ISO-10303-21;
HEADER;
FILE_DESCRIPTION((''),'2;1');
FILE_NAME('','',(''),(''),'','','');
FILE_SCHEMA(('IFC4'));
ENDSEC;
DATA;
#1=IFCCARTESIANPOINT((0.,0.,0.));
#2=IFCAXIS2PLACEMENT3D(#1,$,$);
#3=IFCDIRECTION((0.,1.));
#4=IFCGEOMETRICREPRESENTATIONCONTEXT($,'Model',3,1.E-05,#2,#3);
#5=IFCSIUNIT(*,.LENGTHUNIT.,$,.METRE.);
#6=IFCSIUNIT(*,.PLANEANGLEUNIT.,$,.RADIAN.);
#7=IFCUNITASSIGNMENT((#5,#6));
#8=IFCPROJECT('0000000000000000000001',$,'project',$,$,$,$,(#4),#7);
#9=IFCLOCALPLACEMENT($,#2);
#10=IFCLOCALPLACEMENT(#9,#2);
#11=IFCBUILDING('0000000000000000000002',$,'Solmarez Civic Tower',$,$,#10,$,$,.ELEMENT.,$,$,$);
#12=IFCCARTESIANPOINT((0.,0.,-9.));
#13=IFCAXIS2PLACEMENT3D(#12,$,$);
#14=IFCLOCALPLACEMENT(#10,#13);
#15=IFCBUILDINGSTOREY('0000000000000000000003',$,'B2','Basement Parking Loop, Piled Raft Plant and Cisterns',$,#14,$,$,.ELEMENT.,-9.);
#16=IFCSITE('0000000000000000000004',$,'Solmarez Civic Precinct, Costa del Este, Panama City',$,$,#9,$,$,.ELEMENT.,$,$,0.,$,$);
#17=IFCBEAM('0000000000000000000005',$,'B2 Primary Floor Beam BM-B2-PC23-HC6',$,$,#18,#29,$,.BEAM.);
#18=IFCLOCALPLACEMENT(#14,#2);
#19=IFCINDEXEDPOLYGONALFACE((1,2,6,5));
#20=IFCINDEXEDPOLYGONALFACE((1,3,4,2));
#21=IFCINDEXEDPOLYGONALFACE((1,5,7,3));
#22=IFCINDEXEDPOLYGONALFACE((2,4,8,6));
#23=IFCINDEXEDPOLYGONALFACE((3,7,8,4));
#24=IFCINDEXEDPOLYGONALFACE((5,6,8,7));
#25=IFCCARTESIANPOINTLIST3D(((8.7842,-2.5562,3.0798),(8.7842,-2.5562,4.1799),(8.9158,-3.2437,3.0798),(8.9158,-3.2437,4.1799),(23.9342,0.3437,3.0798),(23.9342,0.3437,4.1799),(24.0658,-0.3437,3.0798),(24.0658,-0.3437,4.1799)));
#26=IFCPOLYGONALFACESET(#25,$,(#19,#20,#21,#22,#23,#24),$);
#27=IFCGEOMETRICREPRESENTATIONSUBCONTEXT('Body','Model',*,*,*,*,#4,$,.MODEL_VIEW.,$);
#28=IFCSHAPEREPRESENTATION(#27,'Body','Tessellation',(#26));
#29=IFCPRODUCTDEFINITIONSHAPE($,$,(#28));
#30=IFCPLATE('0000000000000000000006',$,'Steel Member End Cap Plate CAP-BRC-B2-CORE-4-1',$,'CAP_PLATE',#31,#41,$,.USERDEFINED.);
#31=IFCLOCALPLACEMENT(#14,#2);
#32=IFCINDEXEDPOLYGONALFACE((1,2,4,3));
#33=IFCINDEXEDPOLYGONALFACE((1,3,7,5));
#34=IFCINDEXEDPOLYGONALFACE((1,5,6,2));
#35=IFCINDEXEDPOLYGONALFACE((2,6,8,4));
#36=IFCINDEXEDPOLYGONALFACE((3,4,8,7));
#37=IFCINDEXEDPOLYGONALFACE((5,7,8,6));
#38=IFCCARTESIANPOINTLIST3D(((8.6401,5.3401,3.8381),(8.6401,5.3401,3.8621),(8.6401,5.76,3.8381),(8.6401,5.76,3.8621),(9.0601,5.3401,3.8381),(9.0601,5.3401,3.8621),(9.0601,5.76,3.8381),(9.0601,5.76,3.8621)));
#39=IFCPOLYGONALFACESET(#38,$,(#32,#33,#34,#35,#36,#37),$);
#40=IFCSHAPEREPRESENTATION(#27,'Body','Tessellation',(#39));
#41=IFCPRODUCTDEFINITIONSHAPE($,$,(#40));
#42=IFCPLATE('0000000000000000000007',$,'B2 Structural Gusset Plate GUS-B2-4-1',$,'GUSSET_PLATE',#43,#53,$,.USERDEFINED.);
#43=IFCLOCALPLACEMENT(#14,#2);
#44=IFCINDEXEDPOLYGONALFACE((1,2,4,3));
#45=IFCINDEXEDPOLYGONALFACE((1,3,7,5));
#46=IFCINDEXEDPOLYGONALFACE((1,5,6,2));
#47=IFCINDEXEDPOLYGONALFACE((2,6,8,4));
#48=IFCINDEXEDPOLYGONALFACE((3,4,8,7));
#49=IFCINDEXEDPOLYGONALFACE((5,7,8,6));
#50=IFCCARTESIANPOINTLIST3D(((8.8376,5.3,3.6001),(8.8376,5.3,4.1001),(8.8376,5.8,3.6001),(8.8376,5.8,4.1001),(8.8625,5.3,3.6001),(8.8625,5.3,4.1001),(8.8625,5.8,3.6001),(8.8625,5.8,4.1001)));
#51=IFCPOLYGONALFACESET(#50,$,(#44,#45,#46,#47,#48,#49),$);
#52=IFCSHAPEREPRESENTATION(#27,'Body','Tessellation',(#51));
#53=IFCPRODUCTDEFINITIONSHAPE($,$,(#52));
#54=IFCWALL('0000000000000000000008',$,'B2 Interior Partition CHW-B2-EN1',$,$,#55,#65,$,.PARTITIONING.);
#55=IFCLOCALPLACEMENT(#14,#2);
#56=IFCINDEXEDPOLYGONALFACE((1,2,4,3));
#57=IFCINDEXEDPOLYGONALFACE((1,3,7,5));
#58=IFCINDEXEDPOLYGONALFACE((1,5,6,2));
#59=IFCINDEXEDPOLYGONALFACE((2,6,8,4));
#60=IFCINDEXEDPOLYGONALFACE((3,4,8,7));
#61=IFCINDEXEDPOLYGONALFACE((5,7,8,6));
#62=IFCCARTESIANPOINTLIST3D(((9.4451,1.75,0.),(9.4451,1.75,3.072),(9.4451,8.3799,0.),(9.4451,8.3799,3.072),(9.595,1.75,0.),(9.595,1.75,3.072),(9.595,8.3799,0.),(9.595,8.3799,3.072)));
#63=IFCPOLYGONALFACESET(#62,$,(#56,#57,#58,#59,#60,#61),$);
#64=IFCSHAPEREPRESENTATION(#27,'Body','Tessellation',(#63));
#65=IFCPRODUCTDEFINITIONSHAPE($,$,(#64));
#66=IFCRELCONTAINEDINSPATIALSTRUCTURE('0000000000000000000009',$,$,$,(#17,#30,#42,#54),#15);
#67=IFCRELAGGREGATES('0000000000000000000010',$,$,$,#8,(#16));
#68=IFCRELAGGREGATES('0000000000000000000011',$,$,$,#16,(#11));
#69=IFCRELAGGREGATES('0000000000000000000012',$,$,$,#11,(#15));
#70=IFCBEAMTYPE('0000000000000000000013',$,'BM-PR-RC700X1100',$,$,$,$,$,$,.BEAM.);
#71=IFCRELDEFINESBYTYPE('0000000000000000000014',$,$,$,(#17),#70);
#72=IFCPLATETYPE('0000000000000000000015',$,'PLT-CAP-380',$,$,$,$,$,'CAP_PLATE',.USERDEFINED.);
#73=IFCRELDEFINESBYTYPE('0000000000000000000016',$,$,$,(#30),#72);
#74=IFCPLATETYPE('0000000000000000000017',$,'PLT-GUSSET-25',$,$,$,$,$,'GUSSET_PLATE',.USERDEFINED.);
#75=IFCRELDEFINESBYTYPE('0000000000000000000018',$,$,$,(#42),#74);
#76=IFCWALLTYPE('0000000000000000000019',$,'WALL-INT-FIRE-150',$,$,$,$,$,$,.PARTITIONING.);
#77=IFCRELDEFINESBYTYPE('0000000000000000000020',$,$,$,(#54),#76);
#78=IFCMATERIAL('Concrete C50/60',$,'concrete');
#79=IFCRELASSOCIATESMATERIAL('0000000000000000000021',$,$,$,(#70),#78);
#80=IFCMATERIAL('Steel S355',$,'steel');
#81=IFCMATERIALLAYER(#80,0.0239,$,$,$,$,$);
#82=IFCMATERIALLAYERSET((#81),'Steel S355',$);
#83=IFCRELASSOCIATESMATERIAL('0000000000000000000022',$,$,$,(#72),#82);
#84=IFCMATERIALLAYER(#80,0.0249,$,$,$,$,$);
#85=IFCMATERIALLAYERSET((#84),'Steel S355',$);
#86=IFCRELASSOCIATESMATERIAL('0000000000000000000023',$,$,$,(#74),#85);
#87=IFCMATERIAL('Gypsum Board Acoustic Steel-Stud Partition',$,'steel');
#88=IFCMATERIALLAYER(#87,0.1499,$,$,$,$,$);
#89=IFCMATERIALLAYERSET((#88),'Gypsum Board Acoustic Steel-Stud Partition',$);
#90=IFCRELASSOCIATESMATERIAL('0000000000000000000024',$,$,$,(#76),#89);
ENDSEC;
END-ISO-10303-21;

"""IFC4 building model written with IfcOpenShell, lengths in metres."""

from ifc_helpers import new_model, si_unit, direction, frame, frame_2d, origin, origin_2d, place, context, subcontext, project, spatial, rectangle, extrude, material, layer, layer_set, material_profile, profile_set, type_object, element, save


model = new_model("IFC4")

# Units and contexts
model_context = context("Model", 3, precision=1e-05, world=origin(), true_north=direction((0.0, 1.0)))
body_context = subcontext(model_context, "Body", "Model", "MODEL_VIEW")
ifc_project = project(units=[si_unit("LENGTHUNIT", "METRE"), si_unit("PLANEANGLEUNIT", "RADIAN")], contexts=[model_context])

# Site, building, storey
site_placement = place(None, origin())
site = spatial("IfcSite", under=ifc_project, at=site_placement, Name="Solmarez Civic Precinct, Costa del Este, Panama City", CompositionType="ELEMENT", RefElevation=0.0)
building_placement = place(site_placement, origin())
building = spatial("IfcBuilding", under=site, at=building_placement, Name="Solmarez Civic Tower", CompositionType="ELEMENT")
storey_placement = place(building_placement, frame((0.0, 0.0, -9.0)))
storey = spatial("IfcBuildingStorey", under=building, at=storey_placement, Name="B2", Description="Basement Parking Loop, Piled Raft Plant and Cisterns", CompositionType="ELEMENT", Elevation=-9.0)

# Beam
ifc_material_1 = material(Name="Steel S355", Category="steel")
ifc_material_2 = material(Name="Concrete C50/60", Category="concrete")
ifc_material_profile_1 = material_profile(ifc_material_2, rectangle(XDim=0.7, YDim=1.1001, at=origin_2d()), Name="RC700X1100")
ifc_profile_set_1 = profile_set([ifc_material_profile_1], Name="Concrete C50/60")
beam_type_1 = type_object("IfcBeamType", Name="BM-PR-RC700X1100", PredefinedType="BEAM", material=ifc_profile_set_1)
beam_1_placement = place(storey_placement, frame((24.0, 0.0, 3.6299), z_axis=(-0.982169, -0.188001, 0.0), x_axis=(0.188001, -0.982169, 0.0)))
element("IfcBeam", 1, at=beam_1_placement, inside=storey, type_object=beam_type_1, Name="B2 Primary Floor Beam BM-B2-PC23-HC6", PredefinedType="BEAM", context=body_context, shape_type="SweptSolid", body=[
    extrude(rectangle(XDim=0.7, YDim=1.1001, at=origin_2d()), origin(), (0.0, 0.0, 1.0), 15.425),
])

# Plates
ifc_layer_1 = layer(ifc_material_1, 0.0239)
ifc_layer_set_1 = layer_set([ifc_layer_1], Name="Steel S355")
plate_type_1 = type_object("IfcPlateType", Name="PLT-CAP-380", ElementType="CAP_PLATE", PredefinedType="USERDEFINED", material=ifc_layer_set_1)
plate_1_placement = place(storey_placement, frame((8.8501, 5.55, 3.8381), z_axis=(0.0, 0.0, 1.0), x_axis=(1.0, 0.0, 0.0)))
element("IfcPlate", 2, at=plate_1_placement, inside=storey, type_object=plate_type_1, Name="Steel Member End Cap Plate CAP-BRC-B2-CORE-4-1", ObjectType="CAP_PLATE", PredefinedType="USERDEFINED", context=body_context, shape_type="SweptSolid", body=[
    extrude(rectangle(XDim=0.4199, YDim=0.4199, at=origin_2d()), origin(), (0.0, 0.0, 1.0), 0.0239),
])
ifc_layer_2 = layer(ifc_material_1, 0.0249)
ifc_layer_set_2 = layer_set([ifc_layer_2], Name="Steel S355")
plate_type_2 = type_object("IfcPlateType", Name="PLT-GUSSET-25", ElementType="GUSSET_PLATE", PredefinedType="USERDEFINED", material=ifc_layer_set_2)
plate_2_placement = place(storey_placement, frame((8.8501, 5.55, 3.6001), z_axis=(0.0, 0.0, 1.0), x_axis=(0.0, 1.0, 0.0)))
element("IfcPlate", 3, at=plate_2_placement, inside=storey, type_object=plate_type_2, Name="B2 Structural Gusset Plate GUS-B2-4-1", ObjectType="GUSSET_PLATE", PredefinedType="USERDEFINED", context=body_context, shape_type="SweptSolid", body=[
    extrude(rectangle(XDim=0.5, YDim=0.0249, at=origin_2d()), origin(), (0.0, 0.0, 1.0), 0.5),
])

# Wall
ifc_material_3 = material(Name="Gypsum Board Acoustic Steel-Stud Partition", Category="steel")
ifc_layer_3 = layer(ifc_material_3, 0.1499)
ifc_layer_set_3 = layer_set([ifc_layer_3], Name="Gypsum Board Acoustic Steel-Stud Partition")
wall_type = type_object("IfcWallType", Name="WALL-INT-FIRE-150", PredefinedType="PARTITIONING", material=ifc_layer_set_3)
wall_placement = place(storey_placement, frame((9.52, 1.75, 0.0), z_axis=(0.0, 0.0, 1.0), x_axis=(0.0, 1.0, 0.0)))
element("IfcWall", 4, at=wall_placement, inside=storey, type_object=wall_type, Name="B2 Interior Partition CHW-B2-EN1", PredefinedType="PARTITIONING", context=body_context, shape_type="SweptSolid", body=[
    extrude(rectangle(XDim=6.6299, YDim=0.1499, at=frame_2d((3.3149, 0.0))), origin(), (0.0, 0.0, 1.0), 3.072),
])

save(model, "model.ifc")
